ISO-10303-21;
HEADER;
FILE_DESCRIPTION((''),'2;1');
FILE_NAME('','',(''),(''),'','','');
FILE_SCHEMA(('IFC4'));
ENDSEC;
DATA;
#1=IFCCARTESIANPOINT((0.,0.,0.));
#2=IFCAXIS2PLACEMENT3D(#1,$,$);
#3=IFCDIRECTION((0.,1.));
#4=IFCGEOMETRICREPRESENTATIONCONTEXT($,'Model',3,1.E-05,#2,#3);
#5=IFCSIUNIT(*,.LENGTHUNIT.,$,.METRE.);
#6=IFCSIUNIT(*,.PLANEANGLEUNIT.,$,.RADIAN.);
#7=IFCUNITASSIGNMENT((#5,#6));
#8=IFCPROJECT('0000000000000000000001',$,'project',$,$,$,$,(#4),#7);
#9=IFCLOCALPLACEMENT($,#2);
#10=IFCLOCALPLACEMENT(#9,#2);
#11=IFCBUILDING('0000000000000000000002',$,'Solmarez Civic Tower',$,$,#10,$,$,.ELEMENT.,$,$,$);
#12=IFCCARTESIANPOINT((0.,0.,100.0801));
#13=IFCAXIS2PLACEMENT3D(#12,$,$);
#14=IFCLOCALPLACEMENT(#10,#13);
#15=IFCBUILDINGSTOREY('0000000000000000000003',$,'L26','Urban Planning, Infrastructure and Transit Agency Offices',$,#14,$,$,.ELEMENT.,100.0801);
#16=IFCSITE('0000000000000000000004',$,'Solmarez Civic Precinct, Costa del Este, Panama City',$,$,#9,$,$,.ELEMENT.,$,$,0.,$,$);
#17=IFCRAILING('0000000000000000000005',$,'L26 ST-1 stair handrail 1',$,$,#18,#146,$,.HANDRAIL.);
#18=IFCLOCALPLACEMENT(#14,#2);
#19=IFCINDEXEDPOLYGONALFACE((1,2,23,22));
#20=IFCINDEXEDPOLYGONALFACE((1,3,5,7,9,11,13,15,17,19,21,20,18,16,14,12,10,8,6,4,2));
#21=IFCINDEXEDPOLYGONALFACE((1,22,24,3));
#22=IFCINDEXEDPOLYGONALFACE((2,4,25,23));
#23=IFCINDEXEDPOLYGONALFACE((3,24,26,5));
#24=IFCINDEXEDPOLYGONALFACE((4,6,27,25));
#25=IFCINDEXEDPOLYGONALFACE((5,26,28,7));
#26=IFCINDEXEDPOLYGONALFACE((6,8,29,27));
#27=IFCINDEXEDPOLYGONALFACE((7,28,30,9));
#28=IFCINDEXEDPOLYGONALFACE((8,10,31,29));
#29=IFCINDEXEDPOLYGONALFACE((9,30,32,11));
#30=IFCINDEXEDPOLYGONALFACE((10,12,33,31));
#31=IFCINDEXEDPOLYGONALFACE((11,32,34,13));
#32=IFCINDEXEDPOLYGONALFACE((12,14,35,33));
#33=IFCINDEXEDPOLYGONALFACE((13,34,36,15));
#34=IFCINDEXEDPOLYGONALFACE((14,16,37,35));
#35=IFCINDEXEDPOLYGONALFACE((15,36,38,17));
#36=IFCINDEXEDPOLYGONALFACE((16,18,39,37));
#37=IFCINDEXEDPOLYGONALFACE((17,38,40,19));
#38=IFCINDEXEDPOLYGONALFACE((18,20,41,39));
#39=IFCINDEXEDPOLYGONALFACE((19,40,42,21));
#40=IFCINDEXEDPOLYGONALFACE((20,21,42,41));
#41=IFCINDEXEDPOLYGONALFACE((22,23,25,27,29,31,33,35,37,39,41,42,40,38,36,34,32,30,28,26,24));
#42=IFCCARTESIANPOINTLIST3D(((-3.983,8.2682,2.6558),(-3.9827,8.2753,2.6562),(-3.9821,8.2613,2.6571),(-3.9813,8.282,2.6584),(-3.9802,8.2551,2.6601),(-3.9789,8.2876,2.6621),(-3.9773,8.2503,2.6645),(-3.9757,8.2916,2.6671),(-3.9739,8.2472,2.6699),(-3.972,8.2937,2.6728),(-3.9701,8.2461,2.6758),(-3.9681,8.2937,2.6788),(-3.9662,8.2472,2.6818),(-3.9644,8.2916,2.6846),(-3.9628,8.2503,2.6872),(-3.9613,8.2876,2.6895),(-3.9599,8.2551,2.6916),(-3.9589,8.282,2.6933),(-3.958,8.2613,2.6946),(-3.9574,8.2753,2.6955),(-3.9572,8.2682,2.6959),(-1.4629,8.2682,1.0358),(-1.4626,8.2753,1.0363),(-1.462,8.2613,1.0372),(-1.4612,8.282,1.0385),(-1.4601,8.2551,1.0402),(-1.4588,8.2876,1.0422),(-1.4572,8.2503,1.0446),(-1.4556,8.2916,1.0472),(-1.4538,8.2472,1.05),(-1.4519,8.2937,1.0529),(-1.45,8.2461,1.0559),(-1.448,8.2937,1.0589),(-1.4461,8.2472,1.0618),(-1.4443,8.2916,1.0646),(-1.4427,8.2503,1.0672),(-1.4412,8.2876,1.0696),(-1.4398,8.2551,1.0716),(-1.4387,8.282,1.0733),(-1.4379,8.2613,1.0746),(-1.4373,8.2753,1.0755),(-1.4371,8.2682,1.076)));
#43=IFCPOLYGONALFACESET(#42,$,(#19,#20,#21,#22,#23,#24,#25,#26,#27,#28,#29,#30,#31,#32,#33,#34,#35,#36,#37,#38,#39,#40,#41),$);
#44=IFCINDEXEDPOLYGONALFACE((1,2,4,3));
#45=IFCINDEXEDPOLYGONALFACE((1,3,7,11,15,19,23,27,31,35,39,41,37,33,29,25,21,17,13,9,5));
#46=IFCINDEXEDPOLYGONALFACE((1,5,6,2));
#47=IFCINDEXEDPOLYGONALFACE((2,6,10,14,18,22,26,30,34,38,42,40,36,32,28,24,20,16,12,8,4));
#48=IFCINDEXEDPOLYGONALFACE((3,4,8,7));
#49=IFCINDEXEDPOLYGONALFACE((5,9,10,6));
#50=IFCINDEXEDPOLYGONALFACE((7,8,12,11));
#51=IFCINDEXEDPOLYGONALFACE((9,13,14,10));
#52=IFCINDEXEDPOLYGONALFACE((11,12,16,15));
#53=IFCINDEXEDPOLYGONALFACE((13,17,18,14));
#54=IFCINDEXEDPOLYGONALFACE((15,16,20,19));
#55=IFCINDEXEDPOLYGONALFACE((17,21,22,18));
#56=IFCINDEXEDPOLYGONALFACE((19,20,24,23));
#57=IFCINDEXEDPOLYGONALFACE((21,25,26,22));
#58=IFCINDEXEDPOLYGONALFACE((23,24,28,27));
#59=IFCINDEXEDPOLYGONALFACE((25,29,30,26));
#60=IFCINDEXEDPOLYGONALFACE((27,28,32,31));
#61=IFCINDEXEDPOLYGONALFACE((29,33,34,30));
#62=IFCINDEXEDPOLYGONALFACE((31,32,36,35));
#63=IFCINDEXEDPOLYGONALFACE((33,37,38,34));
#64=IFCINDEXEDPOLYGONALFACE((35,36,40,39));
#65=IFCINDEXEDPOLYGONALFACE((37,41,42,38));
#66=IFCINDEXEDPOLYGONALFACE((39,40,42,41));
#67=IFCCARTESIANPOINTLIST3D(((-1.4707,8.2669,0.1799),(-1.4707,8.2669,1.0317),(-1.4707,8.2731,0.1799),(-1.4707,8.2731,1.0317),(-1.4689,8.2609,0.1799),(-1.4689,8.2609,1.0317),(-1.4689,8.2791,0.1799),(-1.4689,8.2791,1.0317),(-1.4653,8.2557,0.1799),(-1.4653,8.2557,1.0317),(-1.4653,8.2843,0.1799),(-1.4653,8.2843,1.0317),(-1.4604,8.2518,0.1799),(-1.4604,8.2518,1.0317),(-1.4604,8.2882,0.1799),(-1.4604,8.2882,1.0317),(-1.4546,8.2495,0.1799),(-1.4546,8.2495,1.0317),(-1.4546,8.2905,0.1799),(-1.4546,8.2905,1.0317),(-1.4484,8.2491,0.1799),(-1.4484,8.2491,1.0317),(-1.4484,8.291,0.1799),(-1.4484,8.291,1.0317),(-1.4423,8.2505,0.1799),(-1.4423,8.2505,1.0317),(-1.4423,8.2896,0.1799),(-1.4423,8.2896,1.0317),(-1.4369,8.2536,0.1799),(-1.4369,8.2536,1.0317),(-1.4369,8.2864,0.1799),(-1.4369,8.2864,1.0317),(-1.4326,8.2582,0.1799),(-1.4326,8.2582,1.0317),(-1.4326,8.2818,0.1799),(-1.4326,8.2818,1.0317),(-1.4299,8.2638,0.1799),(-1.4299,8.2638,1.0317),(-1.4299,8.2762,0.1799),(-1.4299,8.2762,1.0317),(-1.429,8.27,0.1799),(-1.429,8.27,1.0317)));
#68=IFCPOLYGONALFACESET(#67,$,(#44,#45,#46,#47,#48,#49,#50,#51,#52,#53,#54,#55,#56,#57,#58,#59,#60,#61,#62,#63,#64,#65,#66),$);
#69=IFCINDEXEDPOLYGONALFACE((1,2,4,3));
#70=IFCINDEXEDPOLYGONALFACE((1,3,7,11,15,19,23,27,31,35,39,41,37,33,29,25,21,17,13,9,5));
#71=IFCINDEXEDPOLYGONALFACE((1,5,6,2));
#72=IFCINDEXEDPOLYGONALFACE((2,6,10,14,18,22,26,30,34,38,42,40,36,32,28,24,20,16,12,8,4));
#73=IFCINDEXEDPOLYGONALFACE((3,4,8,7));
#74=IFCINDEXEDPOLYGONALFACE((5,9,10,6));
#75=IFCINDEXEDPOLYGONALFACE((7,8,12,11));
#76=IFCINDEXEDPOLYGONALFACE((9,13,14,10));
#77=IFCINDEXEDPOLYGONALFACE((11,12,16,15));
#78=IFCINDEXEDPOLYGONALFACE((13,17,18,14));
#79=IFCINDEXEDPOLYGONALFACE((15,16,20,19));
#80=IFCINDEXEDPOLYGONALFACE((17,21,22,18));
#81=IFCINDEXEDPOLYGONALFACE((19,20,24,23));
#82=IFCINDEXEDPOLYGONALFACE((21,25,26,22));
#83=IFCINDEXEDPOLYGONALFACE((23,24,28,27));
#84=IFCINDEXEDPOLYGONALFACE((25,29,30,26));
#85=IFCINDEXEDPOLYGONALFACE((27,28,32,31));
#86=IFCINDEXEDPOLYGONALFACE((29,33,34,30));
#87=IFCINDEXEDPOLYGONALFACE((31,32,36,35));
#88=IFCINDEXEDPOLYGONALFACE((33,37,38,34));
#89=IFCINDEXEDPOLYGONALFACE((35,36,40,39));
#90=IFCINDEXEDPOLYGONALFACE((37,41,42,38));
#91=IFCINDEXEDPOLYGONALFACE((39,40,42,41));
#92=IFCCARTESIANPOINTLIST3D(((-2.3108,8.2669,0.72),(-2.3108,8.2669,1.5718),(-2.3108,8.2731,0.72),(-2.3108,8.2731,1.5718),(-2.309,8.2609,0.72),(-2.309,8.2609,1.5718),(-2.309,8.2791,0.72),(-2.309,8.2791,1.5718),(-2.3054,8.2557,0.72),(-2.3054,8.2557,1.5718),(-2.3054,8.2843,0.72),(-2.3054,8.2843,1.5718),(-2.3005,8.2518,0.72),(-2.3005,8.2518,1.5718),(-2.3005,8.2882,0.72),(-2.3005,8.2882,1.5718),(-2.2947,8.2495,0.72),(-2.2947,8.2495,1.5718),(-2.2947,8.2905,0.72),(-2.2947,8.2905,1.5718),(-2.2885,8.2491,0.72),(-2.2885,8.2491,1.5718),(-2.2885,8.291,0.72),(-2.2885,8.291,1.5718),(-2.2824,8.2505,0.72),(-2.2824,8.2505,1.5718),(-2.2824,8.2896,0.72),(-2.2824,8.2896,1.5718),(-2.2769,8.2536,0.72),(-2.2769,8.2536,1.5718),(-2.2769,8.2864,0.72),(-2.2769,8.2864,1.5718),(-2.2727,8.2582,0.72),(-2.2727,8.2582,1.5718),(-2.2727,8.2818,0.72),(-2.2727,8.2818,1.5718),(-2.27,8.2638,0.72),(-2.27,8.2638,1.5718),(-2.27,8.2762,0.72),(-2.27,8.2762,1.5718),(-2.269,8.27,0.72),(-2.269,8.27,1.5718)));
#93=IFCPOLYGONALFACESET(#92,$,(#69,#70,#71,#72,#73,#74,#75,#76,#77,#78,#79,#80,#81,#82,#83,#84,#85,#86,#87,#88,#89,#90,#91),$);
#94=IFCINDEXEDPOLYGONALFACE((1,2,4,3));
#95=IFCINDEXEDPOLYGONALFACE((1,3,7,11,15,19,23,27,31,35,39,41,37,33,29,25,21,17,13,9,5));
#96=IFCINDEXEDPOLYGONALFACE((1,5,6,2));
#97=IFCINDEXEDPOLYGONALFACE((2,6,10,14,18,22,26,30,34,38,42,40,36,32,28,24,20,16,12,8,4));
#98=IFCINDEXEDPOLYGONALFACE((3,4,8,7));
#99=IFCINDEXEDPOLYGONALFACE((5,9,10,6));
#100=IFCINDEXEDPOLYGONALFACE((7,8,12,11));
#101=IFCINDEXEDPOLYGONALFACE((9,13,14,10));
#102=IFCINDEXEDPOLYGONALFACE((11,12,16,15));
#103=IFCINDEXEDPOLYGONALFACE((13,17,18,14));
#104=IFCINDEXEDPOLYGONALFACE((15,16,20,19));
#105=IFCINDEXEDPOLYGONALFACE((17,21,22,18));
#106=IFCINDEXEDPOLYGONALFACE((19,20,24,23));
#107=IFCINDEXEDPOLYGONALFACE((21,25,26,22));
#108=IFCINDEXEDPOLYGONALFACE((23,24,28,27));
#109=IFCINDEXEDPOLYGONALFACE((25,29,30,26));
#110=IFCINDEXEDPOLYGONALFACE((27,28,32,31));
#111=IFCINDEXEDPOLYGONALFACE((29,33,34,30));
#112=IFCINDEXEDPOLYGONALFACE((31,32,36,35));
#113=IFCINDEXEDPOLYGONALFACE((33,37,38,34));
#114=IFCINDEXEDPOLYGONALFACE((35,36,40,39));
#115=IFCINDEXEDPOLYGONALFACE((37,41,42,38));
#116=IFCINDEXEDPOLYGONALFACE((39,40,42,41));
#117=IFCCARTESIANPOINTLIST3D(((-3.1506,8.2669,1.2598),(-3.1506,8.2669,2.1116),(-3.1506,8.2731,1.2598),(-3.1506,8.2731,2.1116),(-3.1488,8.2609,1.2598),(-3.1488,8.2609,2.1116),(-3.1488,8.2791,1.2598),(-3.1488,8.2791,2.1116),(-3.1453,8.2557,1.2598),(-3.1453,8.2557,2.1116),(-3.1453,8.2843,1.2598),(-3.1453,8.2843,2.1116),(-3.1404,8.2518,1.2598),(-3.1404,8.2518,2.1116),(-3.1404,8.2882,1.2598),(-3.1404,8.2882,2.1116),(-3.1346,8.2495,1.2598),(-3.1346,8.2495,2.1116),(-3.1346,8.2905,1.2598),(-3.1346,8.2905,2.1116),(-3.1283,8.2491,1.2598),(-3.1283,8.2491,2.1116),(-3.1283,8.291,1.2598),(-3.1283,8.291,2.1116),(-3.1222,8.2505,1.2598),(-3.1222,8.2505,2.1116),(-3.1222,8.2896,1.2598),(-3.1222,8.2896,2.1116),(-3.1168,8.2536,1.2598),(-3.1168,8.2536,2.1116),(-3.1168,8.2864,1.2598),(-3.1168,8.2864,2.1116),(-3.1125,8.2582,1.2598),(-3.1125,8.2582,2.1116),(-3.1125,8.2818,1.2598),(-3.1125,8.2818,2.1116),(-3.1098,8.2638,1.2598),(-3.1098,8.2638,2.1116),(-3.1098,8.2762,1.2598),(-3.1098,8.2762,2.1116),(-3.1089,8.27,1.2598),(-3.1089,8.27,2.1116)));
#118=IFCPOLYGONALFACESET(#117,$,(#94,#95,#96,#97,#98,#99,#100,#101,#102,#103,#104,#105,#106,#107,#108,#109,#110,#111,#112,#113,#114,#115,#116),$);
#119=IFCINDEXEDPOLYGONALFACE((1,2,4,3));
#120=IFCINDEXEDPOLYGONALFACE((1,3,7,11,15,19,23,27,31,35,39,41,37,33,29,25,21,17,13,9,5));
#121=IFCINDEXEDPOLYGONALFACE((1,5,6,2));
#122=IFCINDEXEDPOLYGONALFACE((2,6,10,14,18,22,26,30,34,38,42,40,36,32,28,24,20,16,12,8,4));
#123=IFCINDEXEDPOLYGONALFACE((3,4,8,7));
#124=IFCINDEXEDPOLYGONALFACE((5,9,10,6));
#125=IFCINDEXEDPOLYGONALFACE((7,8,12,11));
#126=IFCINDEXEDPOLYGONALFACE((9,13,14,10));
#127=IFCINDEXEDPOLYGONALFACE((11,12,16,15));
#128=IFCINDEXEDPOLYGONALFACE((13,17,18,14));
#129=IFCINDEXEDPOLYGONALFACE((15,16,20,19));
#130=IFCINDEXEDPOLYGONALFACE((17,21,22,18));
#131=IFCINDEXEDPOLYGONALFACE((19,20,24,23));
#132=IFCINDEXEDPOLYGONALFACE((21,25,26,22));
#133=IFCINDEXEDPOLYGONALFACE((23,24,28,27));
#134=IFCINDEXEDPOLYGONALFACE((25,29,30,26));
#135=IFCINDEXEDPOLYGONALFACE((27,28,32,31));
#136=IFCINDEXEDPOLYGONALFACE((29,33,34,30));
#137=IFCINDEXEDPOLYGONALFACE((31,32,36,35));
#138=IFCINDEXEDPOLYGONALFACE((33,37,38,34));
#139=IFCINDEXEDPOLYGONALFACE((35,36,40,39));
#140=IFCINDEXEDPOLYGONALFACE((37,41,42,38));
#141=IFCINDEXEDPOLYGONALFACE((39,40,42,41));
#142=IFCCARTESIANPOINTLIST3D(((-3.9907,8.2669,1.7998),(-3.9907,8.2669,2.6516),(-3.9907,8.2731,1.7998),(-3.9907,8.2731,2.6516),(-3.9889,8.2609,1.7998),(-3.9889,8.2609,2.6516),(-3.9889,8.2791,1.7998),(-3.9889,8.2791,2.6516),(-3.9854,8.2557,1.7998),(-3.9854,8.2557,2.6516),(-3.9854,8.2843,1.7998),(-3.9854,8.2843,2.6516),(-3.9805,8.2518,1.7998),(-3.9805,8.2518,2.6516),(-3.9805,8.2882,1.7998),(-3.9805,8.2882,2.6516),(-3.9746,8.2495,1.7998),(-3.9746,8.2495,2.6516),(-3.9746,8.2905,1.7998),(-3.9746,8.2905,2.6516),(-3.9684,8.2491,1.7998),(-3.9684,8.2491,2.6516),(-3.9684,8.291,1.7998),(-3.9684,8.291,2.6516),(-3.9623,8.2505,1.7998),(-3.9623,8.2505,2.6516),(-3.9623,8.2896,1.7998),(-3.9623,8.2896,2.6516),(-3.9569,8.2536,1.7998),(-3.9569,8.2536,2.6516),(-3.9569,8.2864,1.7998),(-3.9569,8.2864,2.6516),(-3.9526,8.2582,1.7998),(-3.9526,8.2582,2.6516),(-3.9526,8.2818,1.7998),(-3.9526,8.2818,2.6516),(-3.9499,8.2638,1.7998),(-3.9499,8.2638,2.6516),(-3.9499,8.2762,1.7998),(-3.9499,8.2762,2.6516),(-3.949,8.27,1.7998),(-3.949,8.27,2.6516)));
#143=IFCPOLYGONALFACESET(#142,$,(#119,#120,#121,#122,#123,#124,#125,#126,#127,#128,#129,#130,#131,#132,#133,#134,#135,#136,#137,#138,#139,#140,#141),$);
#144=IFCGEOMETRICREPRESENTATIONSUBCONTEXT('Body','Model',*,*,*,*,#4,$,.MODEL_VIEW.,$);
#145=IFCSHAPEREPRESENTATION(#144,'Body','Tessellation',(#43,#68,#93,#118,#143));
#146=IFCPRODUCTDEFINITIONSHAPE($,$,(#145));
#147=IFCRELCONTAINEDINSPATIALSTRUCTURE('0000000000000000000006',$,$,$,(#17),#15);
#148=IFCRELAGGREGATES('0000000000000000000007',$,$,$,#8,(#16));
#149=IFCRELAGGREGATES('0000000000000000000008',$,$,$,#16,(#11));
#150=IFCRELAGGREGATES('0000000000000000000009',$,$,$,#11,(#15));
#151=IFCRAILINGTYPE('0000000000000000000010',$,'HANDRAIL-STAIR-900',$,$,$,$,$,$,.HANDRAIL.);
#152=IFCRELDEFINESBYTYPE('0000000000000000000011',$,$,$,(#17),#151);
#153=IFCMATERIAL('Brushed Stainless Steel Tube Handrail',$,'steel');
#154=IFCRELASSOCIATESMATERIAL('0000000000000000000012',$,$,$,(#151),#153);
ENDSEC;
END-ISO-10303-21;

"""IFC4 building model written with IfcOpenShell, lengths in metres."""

from ifc_helpers import new_model, si_unit, direction, frame, origin, origin_2d, place, context, subcontext, project, spatial, circle, extrude, material, type_object, element, save


model = new_model("IFC4")

# Units and contexts
model_context = context("Model", 3, precision=1e-05, world=origin(), true_north=direction((0.0, 1.0)))
body_context = subcontext(model_context, "Body", "Model", "MODEL_VIEW")
ifc_project = project(units=[si_unit("LENGTHUNIT", "METRE"), si_unit("PLANEANGLEUNIT", "RADIAN")], contexts=[model_context])

# Site, building, storey
site_placement = place(None, origin())
site = spatial("IfcSite", under=ifc_project, at=site_placement, Name="Solmarez Civic Precinct, Costa del Este, Panama City", CompositionType="ELEMENT", RefElevation=0.0)
building_placement = place(site_placement, origin())
building = spatial("IfcBuilding", under=site, at=building_placement, Name="Solmarez Civic Tower", CompositionType="ELEMENT")
storey_placement = place(building_placement, frame((0.0, 0.0, 100.0801)))
storey = spatial("IfcBuildingStorey", under=building, at=storey_placement, Name="L26", Description="Urban Planning, Infrastructure and Transit Agency Offices", CompositionType="ELEMENT", Elevation=100.0801)

# Railing
ifc_material_1 = material(Name="Brushed Stainless Steel Tube Handrail", Category="steel")
railing_type = type_object("IfcRailingType", Name="HANDRAIL-STAIR-900", PredefinedType="HANDRAIL", material=ifc_material_1)
railing_placement = place(storey_placement, frame((-1.45, 8.27, 0.1799)))
element("IfcRailing", 1, at=railing_placement, inside=storey, type_object=railing_type, Name="L26 ST-1 stair handrail 1", PredefinedType="HANDRAIL", context=body_context, shape_type="SweptSolid", body=[
    extrude(circle(Radius=0.0239, at=origin_2d()), frame((0.0, 0.0, 0.876), z_axis=(-0.8412, 0.0, 0.540725), x_axis=(0.0, -1.0, 0.0)), (0.0, 0.0, 1.0), 2.9958),
    extrude(circle(Radius=0.021, at=origin_2d()), origin(), (0.0, 0.0, 1.0), 0.8518),
    extrude(circle(Radius=0.021, at=origin_2d()), frame((-0.8401, 0.0, 0.54)), (0.0, 0.0, 1.0), 0.8518),
    extrude(circle(Radius=0.021, at=origin_2d()), frame((-1.6799, 0.0, 1.0798)), (0.0, 0.0, 1.0), 0.8518),
    extrude(circle(Radius=0.021, at=origin_2d()), frame((-2.52, 0.0, 1.6199)), (0.0, 0.0, 1.0), 0.8518),
])

save(model, "model.ifc")
